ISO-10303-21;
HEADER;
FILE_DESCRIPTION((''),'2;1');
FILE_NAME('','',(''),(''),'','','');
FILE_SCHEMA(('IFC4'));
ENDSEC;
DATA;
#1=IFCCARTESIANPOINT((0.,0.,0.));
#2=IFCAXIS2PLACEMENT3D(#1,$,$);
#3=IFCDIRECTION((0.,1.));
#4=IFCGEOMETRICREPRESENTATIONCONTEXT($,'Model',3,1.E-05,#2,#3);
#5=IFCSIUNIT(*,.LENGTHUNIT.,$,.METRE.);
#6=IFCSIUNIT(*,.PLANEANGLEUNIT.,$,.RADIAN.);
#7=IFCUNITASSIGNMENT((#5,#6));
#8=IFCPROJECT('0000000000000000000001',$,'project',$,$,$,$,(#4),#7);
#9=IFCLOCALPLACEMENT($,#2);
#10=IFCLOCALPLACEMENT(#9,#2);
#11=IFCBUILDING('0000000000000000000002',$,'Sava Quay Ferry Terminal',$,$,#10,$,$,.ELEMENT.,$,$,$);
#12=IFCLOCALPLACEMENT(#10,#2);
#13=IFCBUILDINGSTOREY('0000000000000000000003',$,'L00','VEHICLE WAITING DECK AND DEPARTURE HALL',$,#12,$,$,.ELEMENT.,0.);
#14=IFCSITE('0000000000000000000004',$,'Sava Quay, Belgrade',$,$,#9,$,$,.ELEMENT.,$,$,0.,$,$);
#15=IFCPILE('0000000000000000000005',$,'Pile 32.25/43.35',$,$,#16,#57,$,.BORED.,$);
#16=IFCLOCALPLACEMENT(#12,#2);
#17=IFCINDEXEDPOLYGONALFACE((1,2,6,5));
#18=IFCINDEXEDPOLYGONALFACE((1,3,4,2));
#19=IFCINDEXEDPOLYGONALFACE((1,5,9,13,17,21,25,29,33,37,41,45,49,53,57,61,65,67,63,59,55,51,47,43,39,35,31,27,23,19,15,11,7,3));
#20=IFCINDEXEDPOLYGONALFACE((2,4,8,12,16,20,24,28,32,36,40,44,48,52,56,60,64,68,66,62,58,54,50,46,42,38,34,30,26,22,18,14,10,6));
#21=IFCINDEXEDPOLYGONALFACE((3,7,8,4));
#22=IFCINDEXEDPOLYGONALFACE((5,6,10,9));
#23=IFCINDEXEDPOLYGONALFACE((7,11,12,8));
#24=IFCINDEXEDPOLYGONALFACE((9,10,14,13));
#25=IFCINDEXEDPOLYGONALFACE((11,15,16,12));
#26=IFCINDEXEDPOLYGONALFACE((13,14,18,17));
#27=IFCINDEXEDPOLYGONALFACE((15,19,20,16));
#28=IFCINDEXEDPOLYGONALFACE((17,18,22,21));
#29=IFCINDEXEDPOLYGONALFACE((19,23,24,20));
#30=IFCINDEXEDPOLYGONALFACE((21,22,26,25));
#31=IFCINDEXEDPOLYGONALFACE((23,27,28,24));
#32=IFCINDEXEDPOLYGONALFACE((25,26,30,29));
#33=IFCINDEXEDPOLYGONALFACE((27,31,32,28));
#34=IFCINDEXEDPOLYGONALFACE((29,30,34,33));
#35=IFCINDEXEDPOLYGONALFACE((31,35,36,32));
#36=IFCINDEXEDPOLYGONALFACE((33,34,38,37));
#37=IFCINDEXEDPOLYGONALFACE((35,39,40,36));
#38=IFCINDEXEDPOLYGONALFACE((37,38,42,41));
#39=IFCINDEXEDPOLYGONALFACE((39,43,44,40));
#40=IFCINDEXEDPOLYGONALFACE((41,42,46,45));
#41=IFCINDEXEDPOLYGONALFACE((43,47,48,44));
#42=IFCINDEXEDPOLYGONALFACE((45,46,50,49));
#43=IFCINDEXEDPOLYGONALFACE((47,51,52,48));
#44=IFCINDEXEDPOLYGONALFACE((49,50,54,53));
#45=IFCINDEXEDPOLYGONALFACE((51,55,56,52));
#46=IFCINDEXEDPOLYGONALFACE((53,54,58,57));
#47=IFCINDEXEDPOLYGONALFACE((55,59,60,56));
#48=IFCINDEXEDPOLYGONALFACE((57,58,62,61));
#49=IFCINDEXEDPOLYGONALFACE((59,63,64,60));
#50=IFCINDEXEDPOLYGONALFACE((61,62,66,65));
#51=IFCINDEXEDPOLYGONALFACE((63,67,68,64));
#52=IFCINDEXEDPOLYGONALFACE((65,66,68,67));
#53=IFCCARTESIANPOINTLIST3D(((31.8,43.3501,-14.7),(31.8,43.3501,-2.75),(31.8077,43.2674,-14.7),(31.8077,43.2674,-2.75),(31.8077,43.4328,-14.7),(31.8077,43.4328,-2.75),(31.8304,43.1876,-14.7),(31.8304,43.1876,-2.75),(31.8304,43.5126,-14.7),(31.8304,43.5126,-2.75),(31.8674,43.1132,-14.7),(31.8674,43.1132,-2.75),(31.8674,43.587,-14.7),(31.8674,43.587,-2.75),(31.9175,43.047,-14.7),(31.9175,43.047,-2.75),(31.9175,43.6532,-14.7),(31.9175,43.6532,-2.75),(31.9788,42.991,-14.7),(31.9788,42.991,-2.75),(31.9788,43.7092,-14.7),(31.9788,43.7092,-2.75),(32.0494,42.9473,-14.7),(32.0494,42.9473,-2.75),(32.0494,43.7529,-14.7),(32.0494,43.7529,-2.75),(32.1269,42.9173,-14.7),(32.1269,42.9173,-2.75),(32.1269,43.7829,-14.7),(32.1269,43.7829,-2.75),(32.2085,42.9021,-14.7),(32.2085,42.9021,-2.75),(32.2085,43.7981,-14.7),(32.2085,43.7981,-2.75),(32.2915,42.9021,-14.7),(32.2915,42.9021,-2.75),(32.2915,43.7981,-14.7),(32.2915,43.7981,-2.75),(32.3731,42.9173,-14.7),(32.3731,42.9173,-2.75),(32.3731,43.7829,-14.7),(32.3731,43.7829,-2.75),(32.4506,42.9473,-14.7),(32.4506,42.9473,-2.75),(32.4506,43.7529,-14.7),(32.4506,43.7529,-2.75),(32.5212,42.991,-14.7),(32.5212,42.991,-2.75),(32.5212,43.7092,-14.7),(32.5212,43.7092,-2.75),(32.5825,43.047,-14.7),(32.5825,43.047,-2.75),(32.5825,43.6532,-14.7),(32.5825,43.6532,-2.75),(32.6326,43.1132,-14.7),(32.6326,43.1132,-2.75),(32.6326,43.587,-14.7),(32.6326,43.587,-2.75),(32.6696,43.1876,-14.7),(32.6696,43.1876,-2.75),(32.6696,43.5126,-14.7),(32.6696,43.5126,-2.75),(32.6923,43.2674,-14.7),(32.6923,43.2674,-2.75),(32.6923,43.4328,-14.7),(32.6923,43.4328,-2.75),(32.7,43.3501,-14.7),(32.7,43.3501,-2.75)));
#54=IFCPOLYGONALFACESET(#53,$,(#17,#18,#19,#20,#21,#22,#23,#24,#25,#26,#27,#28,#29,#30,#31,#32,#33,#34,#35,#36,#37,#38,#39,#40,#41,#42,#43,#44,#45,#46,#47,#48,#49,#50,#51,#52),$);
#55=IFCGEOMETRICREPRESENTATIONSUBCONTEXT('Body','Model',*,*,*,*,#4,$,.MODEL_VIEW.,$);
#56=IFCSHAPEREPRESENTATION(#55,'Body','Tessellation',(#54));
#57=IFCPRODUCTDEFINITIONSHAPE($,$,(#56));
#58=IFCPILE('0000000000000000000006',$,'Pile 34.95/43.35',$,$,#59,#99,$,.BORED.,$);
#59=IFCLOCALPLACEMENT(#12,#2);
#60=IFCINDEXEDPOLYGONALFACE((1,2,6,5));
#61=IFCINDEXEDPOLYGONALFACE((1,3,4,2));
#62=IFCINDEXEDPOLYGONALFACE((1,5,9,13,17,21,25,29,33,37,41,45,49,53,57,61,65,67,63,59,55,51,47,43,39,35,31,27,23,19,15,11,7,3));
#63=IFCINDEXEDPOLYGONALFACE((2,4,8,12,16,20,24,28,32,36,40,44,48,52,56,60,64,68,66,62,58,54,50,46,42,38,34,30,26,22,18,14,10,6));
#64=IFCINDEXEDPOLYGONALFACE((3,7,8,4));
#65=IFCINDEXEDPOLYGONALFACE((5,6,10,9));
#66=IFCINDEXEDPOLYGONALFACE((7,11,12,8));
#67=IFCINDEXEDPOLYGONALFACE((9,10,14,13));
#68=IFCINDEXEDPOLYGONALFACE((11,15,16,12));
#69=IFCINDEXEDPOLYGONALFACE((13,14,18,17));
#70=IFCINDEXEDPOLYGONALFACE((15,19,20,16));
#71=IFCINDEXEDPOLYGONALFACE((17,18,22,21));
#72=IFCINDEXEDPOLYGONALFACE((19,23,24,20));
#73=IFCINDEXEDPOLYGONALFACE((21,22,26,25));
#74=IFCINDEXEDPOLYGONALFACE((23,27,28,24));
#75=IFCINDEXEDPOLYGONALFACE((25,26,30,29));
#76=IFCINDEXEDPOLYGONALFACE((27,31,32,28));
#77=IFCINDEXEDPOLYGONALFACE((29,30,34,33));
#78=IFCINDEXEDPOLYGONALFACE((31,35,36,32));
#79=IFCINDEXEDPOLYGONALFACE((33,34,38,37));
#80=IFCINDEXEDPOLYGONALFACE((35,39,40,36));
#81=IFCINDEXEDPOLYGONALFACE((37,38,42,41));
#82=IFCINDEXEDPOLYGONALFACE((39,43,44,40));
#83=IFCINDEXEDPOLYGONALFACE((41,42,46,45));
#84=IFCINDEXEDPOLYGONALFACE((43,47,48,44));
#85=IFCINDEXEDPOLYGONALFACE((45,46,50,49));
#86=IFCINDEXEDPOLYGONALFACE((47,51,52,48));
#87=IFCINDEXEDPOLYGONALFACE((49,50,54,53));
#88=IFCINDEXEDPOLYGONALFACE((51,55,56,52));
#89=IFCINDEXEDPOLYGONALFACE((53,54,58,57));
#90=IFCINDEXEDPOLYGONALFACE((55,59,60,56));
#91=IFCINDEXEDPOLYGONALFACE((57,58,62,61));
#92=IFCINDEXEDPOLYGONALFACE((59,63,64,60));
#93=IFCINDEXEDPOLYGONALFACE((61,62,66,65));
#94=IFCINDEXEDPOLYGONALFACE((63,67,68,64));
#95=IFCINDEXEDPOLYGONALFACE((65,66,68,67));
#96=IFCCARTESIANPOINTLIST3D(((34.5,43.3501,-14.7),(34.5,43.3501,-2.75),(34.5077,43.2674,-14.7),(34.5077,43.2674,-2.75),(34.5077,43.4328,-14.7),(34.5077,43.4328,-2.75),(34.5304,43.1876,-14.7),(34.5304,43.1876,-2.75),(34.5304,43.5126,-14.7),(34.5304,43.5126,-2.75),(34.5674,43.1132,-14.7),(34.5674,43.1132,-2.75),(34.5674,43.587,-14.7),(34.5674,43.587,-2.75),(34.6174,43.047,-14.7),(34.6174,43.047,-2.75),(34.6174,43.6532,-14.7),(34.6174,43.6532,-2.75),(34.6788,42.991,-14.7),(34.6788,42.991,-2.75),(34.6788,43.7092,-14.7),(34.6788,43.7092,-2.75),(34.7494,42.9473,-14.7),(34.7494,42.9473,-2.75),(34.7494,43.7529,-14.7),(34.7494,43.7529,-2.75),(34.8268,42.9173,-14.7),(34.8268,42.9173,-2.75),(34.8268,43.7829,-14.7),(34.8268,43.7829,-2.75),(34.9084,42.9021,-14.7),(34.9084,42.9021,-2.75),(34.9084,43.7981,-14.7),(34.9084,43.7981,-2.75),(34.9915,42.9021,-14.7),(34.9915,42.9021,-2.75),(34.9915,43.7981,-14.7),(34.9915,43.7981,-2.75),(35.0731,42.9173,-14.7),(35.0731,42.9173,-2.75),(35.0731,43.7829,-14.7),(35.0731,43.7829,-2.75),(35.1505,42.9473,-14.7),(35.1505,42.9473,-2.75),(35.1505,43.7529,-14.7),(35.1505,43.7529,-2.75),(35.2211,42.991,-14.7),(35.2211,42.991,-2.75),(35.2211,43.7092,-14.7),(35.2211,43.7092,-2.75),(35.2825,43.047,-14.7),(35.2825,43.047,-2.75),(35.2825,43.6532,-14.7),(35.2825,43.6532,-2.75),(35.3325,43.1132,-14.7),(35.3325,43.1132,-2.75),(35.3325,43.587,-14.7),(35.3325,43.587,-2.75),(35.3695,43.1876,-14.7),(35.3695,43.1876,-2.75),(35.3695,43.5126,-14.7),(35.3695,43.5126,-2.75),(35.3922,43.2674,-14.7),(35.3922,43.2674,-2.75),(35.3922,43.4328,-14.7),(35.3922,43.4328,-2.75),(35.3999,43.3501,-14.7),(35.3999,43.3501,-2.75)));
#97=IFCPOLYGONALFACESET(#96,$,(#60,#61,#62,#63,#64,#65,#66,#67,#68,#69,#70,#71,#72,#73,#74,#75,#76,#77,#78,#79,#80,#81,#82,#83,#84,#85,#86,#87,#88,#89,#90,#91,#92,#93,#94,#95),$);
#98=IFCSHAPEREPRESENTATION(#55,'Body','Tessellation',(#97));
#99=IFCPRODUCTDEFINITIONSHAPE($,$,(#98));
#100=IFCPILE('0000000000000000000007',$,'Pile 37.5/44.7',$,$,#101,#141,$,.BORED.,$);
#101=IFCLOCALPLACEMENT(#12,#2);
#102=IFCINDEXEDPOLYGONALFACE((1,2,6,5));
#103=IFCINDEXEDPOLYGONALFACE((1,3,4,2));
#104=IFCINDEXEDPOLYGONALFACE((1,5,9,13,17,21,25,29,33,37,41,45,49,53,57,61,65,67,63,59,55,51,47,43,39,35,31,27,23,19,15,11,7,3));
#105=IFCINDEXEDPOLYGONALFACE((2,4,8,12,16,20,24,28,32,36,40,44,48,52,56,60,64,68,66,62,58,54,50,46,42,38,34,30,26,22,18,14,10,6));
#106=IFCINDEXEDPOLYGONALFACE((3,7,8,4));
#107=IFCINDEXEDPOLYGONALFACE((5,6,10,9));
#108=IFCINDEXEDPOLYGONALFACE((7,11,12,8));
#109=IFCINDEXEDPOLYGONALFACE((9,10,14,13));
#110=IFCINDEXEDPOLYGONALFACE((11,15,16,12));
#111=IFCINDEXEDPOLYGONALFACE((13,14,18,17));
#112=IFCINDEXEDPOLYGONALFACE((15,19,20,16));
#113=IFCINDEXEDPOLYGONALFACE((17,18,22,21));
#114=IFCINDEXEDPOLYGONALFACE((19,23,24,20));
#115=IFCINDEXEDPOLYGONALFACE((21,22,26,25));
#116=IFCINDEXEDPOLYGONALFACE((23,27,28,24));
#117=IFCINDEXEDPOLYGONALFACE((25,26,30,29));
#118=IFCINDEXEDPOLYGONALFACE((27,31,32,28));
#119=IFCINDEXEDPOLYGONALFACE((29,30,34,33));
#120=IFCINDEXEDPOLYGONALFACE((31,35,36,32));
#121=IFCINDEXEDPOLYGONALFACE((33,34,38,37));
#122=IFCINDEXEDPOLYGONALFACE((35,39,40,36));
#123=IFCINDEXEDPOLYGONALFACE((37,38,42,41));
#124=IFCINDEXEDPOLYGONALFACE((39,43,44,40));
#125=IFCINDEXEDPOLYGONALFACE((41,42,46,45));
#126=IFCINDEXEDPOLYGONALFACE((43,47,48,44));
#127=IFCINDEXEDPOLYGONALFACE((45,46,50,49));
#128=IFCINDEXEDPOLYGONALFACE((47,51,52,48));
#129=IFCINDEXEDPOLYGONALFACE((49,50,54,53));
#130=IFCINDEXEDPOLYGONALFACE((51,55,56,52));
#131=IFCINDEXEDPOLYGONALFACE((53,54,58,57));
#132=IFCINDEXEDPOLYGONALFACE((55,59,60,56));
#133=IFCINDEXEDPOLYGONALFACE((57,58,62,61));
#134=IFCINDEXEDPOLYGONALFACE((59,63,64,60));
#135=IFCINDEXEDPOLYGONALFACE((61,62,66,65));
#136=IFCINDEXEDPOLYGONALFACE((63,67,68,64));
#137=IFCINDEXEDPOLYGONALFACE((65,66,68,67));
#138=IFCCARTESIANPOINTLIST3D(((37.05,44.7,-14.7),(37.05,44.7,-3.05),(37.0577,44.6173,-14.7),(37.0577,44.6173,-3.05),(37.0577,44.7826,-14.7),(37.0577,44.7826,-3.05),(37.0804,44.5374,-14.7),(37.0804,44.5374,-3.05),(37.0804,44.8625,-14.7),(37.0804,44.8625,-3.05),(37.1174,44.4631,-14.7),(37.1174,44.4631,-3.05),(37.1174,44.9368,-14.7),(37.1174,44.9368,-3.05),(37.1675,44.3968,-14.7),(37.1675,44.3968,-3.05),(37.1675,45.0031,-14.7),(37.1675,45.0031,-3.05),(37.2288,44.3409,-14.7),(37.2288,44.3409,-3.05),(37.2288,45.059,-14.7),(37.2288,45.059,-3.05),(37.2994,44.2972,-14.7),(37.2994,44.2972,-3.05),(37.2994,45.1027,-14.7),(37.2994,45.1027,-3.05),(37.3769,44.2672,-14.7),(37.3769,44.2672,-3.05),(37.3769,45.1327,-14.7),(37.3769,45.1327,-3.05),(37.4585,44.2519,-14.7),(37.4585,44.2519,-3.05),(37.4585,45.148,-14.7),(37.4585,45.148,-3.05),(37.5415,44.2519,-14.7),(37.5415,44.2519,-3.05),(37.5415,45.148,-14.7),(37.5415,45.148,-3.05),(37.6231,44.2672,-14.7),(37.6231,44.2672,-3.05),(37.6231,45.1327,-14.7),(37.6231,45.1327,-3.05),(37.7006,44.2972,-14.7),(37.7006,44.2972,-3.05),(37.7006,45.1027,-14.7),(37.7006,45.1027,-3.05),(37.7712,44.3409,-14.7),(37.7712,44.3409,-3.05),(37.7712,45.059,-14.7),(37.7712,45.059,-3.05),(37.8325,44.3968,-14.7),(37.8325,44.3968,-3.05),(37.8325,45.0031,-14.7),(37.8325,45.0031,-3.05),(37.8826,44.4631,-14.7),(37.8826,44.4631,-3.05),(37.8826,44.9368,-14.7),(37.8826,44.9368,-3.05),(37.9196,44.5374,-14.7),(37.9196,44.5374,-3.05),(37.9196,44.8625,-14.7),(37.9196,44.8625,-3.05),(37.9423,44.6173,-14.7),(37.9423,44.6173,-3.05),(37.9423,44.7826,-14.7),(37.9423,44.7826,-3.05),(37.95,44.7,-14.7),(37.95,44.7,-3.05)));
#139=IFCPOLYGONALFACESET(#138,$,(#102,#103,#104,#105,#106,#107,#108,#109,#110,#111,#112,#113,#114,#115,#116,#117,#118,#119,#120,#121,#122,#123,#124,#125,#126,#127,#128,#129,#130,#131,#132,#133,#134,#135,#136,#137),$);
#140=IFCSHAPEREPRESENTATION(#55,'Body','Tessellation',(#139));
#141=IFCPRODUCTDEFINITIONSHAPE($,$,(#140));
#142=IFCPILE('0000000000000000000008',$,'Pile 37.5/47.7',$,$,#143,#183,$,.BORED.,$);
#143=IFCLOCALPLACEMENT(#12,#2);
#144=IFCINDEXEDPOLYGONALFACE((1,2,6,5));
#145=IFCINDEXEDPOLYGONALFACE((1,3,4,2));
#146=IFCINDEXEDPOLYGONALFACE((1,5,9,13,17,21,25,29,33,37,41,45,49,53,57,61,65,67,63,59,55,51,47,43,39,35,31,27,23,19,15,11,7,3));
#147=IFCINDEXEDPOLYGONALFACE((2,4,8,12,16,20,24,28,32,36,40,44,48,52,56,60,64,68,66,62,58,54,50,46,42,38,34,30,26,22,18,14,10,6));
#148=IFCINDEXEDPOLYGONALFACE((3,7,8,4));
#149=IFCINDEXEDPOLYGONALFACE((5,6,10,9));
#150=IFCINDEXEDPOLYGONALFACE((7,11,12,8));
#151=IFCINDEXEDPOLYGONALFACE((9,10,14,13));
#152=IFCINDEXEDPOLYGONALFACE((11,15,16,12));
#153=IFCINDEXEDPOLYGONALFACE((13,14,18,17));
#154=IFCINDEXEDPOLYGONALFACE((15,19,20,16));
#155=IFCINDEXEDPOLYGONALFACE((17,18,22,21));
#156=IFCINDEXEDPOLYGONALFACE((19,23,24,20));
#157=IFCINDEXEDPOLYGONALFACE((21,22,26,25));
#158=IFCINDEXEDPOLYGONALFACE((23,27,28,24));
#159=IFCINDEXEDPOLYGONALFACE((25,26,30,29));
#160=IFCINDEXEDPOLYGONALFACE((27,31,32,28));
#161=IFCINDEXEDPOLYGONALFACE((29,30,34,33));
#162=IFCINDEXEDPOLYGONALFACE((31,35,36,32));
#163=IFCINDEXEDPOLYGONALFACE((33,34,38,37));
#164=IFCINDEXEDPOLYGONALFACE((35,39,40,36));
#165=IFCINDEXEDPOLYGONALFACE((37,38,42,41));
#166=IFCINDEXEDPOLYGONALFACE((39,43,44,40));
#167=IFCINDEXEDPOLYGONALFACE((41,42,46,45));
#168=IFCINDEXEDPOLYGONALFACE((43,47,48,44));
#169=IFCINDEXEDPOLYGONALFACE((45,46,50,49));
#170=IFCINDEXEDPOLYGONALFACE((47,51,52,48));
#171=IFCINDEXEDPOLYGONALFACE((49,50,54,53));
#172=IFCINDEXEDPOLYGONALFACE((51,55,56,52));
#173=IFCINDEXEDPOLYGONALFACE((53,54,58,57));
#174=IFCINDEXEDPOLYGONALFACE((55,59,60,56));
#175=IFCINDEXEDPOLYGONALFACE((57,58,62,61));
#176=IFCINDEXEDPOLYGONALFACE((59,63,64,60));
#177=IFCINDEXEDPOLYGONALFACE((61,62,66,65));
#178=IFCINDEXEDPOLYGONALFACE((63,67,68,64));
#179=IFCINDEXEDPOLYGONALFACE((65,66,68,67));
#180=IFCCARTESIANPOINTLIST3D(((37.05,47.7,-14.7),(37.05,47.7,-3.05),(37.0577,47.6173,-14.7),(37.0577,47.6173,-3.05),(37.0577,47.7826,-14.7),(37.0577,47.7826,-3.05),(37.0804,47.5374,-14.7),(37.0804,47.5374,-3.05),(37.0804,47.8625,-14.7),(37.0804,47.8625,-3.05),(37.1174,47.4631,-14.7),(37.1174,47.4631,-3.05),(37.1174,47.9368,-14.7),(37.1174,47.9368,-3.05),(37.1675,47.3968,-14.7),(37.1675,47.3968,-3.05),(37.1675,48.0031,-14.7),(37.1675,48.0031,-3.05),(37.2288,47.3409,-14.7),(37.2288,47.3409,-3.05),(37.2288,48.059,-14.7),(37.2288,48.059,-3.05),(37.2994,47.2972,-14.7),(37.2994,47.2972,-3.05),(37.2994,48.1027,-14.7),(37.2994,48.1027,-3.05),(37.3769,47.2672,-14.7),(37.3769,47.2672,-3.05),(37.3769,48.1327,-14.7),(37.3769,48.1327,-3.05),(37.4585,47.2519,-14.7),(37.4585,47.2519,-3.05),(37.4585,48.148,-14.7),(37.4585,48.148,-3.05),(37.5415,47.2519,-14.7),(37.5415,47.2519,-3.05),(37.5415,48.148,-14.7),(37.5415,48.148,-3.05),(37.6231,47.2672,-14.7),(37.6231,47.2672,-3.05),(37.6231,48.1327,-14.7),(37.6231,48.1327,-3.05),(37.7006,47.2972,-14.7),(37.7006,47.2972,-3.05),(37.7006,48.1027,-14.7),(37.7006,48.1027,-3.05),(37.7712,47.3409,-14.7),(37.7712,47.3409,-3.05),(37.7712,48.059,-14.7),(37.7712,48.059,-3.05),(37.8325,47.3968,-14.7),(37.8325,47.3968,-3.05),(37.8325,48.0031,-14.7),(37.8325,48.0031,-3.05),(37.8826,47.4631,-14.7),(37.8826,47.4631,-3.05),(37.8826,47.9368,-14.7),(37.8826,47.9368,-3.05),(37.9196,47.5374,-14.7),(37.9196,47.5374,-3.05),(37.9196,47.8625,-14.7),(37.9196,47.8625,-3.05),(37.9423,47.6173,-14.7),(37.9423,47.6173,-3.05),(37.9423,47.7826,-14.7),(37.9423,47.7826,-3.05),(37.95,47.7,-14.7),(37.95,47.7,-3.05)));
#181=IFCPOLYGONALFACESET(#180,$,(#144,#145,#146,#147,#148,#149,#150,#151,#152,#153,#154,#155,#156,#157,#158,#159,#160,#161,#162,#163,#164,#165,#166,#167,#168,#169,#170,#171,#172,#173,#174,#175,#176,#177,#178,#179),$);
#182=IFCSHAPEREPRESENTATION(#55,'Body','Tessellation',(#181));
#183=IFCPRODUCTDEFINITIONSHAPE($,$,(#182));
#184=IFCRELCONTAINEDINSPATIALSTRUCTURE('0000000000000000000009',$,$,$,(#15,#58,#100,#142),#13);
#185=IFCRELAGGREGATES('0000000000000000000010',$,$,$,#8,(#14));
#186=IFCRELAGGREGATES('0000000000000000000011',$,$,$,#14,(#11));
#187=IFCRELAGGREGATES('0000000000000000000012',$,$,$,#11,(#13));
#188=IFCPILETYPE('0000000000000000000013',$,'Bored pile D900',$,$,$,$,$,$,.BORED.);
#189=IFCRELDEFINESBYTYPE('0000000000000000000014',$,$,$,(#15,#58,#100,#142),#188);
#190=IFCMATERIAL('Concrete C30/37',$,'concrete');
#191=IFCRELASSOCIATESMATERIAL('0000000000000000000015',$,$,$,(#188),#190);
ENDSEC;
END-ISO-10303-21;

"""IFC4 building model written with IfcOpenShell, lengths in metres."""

from ifc_helpers import new_model, si_unit, direction, frame, origin, origin_2d, place, context, subcontext, project, spatial, circle, extrude, material, material_profile, profile_set, type_object, element, save


model = new_model("IFC4")

# Units and contexts
model_context = context("Model", 3, precision=1e-05, world=origin(), true_north=direction((0.0, 1.0)))
body_context = subcontext(model_context, "Body", "Model", "MODEL_VIEW")
ifc_project = project(units=[si_unit("LENGTHUNIT", "METRE"), si_unit("PLANEANGLEUNIT", "RADIAN")], contexts=[model_context])

# Site, building, storey
site_placement = place(None, origin())
site = spatial("IfcSite", under=ifc_project, at=site_placement, Name="Sava Quay, Belgrade", CompositionType="ELEMENT", RefElevation=0.0)
building_placement = place(site_placement, origin())
building = spatial("IfcBuilding", under=site, at=building_placement, Name="Sava Quay Ferry Terminal", CompositionType="ELEMENT")
storey_placement = place(building_placement, origin())
storey = spatial("IfcBuildingStorey", under=building, at=storey_placement, Name="L00", Description="VEHICLE WAITING DECK AND DEPARTURE HALL", CompositionType="ELEMENT", Elevation=0.0)

# Piles
ifc_material_1 = material(Name="Concrete C30/37", Category="concrete")
ifc_material_profile_1 = material_profile(ifc_material_1, circle(Radius=0.45, at=origin_2d()), Name="Bored pile D900")
ifc_profile_set_1 = profile_set([ifc_material_profile_1], Name="Concrete C30/37")
pile_type = type_object("IfcPileType", Name="Bored pile D900", PredefinedType="BORED", material=ifc_profile_set_1)
for number, where, z_axis, x_axis, name in (
    (1, (32.25, 43.3501, -2.75), (0.0, 0.0, -1.0), (1.0, 0.0, 0.0), "Pile 32.25/43.35"),
    (2, (34.95, 43.3501, -2.75), (0.0, 0.0, -1.0), (1.0, 0.0, 0.0), "Pile 34.95/43.35"),
):
    element("IfcPile", number, at=place(storey_placement, frame(where, z_axis=z_axis, x_axis=x_axis)), inside=storey, type_object=pile_type, Name=name, PredefinedType="BORED", context=body_context, shape_type="SweptSolid", body=[
        extrude(circle(Radius=0.45, at=origin_2d()), origin(), (0.0, 0.0, 1.0), 11.95),
    ])
for number, where, z_axis, x_axis, name in (
    (3, (37.5, 44.7, -3.05), (0.0, 0.0, -1.0), (1.0, 0.0, 0.0), "Pile 37.5/44.7"),
    (4, (37.5, 47.7, -3.05), (0.0, 0.0, -1.0), (1.0, 0.0, 0.0), "Pile 37.5/47.7"),
):
    element("IfcPile", number, at=place(storey_placement, frame(where, z_axis=z_axis, x_axis=x_axis)), inside=storey, type_object=pile_type, Name=name, PredefinedType="BORED", context=body_context, shape_type="SweptSolid", body=[
        extrude(circle(Radius=0.45, at=origin_2d()), origin(), (0.0, 0.0, 1.0), 11.6499),
    ])

save(model, "model.ifc")
